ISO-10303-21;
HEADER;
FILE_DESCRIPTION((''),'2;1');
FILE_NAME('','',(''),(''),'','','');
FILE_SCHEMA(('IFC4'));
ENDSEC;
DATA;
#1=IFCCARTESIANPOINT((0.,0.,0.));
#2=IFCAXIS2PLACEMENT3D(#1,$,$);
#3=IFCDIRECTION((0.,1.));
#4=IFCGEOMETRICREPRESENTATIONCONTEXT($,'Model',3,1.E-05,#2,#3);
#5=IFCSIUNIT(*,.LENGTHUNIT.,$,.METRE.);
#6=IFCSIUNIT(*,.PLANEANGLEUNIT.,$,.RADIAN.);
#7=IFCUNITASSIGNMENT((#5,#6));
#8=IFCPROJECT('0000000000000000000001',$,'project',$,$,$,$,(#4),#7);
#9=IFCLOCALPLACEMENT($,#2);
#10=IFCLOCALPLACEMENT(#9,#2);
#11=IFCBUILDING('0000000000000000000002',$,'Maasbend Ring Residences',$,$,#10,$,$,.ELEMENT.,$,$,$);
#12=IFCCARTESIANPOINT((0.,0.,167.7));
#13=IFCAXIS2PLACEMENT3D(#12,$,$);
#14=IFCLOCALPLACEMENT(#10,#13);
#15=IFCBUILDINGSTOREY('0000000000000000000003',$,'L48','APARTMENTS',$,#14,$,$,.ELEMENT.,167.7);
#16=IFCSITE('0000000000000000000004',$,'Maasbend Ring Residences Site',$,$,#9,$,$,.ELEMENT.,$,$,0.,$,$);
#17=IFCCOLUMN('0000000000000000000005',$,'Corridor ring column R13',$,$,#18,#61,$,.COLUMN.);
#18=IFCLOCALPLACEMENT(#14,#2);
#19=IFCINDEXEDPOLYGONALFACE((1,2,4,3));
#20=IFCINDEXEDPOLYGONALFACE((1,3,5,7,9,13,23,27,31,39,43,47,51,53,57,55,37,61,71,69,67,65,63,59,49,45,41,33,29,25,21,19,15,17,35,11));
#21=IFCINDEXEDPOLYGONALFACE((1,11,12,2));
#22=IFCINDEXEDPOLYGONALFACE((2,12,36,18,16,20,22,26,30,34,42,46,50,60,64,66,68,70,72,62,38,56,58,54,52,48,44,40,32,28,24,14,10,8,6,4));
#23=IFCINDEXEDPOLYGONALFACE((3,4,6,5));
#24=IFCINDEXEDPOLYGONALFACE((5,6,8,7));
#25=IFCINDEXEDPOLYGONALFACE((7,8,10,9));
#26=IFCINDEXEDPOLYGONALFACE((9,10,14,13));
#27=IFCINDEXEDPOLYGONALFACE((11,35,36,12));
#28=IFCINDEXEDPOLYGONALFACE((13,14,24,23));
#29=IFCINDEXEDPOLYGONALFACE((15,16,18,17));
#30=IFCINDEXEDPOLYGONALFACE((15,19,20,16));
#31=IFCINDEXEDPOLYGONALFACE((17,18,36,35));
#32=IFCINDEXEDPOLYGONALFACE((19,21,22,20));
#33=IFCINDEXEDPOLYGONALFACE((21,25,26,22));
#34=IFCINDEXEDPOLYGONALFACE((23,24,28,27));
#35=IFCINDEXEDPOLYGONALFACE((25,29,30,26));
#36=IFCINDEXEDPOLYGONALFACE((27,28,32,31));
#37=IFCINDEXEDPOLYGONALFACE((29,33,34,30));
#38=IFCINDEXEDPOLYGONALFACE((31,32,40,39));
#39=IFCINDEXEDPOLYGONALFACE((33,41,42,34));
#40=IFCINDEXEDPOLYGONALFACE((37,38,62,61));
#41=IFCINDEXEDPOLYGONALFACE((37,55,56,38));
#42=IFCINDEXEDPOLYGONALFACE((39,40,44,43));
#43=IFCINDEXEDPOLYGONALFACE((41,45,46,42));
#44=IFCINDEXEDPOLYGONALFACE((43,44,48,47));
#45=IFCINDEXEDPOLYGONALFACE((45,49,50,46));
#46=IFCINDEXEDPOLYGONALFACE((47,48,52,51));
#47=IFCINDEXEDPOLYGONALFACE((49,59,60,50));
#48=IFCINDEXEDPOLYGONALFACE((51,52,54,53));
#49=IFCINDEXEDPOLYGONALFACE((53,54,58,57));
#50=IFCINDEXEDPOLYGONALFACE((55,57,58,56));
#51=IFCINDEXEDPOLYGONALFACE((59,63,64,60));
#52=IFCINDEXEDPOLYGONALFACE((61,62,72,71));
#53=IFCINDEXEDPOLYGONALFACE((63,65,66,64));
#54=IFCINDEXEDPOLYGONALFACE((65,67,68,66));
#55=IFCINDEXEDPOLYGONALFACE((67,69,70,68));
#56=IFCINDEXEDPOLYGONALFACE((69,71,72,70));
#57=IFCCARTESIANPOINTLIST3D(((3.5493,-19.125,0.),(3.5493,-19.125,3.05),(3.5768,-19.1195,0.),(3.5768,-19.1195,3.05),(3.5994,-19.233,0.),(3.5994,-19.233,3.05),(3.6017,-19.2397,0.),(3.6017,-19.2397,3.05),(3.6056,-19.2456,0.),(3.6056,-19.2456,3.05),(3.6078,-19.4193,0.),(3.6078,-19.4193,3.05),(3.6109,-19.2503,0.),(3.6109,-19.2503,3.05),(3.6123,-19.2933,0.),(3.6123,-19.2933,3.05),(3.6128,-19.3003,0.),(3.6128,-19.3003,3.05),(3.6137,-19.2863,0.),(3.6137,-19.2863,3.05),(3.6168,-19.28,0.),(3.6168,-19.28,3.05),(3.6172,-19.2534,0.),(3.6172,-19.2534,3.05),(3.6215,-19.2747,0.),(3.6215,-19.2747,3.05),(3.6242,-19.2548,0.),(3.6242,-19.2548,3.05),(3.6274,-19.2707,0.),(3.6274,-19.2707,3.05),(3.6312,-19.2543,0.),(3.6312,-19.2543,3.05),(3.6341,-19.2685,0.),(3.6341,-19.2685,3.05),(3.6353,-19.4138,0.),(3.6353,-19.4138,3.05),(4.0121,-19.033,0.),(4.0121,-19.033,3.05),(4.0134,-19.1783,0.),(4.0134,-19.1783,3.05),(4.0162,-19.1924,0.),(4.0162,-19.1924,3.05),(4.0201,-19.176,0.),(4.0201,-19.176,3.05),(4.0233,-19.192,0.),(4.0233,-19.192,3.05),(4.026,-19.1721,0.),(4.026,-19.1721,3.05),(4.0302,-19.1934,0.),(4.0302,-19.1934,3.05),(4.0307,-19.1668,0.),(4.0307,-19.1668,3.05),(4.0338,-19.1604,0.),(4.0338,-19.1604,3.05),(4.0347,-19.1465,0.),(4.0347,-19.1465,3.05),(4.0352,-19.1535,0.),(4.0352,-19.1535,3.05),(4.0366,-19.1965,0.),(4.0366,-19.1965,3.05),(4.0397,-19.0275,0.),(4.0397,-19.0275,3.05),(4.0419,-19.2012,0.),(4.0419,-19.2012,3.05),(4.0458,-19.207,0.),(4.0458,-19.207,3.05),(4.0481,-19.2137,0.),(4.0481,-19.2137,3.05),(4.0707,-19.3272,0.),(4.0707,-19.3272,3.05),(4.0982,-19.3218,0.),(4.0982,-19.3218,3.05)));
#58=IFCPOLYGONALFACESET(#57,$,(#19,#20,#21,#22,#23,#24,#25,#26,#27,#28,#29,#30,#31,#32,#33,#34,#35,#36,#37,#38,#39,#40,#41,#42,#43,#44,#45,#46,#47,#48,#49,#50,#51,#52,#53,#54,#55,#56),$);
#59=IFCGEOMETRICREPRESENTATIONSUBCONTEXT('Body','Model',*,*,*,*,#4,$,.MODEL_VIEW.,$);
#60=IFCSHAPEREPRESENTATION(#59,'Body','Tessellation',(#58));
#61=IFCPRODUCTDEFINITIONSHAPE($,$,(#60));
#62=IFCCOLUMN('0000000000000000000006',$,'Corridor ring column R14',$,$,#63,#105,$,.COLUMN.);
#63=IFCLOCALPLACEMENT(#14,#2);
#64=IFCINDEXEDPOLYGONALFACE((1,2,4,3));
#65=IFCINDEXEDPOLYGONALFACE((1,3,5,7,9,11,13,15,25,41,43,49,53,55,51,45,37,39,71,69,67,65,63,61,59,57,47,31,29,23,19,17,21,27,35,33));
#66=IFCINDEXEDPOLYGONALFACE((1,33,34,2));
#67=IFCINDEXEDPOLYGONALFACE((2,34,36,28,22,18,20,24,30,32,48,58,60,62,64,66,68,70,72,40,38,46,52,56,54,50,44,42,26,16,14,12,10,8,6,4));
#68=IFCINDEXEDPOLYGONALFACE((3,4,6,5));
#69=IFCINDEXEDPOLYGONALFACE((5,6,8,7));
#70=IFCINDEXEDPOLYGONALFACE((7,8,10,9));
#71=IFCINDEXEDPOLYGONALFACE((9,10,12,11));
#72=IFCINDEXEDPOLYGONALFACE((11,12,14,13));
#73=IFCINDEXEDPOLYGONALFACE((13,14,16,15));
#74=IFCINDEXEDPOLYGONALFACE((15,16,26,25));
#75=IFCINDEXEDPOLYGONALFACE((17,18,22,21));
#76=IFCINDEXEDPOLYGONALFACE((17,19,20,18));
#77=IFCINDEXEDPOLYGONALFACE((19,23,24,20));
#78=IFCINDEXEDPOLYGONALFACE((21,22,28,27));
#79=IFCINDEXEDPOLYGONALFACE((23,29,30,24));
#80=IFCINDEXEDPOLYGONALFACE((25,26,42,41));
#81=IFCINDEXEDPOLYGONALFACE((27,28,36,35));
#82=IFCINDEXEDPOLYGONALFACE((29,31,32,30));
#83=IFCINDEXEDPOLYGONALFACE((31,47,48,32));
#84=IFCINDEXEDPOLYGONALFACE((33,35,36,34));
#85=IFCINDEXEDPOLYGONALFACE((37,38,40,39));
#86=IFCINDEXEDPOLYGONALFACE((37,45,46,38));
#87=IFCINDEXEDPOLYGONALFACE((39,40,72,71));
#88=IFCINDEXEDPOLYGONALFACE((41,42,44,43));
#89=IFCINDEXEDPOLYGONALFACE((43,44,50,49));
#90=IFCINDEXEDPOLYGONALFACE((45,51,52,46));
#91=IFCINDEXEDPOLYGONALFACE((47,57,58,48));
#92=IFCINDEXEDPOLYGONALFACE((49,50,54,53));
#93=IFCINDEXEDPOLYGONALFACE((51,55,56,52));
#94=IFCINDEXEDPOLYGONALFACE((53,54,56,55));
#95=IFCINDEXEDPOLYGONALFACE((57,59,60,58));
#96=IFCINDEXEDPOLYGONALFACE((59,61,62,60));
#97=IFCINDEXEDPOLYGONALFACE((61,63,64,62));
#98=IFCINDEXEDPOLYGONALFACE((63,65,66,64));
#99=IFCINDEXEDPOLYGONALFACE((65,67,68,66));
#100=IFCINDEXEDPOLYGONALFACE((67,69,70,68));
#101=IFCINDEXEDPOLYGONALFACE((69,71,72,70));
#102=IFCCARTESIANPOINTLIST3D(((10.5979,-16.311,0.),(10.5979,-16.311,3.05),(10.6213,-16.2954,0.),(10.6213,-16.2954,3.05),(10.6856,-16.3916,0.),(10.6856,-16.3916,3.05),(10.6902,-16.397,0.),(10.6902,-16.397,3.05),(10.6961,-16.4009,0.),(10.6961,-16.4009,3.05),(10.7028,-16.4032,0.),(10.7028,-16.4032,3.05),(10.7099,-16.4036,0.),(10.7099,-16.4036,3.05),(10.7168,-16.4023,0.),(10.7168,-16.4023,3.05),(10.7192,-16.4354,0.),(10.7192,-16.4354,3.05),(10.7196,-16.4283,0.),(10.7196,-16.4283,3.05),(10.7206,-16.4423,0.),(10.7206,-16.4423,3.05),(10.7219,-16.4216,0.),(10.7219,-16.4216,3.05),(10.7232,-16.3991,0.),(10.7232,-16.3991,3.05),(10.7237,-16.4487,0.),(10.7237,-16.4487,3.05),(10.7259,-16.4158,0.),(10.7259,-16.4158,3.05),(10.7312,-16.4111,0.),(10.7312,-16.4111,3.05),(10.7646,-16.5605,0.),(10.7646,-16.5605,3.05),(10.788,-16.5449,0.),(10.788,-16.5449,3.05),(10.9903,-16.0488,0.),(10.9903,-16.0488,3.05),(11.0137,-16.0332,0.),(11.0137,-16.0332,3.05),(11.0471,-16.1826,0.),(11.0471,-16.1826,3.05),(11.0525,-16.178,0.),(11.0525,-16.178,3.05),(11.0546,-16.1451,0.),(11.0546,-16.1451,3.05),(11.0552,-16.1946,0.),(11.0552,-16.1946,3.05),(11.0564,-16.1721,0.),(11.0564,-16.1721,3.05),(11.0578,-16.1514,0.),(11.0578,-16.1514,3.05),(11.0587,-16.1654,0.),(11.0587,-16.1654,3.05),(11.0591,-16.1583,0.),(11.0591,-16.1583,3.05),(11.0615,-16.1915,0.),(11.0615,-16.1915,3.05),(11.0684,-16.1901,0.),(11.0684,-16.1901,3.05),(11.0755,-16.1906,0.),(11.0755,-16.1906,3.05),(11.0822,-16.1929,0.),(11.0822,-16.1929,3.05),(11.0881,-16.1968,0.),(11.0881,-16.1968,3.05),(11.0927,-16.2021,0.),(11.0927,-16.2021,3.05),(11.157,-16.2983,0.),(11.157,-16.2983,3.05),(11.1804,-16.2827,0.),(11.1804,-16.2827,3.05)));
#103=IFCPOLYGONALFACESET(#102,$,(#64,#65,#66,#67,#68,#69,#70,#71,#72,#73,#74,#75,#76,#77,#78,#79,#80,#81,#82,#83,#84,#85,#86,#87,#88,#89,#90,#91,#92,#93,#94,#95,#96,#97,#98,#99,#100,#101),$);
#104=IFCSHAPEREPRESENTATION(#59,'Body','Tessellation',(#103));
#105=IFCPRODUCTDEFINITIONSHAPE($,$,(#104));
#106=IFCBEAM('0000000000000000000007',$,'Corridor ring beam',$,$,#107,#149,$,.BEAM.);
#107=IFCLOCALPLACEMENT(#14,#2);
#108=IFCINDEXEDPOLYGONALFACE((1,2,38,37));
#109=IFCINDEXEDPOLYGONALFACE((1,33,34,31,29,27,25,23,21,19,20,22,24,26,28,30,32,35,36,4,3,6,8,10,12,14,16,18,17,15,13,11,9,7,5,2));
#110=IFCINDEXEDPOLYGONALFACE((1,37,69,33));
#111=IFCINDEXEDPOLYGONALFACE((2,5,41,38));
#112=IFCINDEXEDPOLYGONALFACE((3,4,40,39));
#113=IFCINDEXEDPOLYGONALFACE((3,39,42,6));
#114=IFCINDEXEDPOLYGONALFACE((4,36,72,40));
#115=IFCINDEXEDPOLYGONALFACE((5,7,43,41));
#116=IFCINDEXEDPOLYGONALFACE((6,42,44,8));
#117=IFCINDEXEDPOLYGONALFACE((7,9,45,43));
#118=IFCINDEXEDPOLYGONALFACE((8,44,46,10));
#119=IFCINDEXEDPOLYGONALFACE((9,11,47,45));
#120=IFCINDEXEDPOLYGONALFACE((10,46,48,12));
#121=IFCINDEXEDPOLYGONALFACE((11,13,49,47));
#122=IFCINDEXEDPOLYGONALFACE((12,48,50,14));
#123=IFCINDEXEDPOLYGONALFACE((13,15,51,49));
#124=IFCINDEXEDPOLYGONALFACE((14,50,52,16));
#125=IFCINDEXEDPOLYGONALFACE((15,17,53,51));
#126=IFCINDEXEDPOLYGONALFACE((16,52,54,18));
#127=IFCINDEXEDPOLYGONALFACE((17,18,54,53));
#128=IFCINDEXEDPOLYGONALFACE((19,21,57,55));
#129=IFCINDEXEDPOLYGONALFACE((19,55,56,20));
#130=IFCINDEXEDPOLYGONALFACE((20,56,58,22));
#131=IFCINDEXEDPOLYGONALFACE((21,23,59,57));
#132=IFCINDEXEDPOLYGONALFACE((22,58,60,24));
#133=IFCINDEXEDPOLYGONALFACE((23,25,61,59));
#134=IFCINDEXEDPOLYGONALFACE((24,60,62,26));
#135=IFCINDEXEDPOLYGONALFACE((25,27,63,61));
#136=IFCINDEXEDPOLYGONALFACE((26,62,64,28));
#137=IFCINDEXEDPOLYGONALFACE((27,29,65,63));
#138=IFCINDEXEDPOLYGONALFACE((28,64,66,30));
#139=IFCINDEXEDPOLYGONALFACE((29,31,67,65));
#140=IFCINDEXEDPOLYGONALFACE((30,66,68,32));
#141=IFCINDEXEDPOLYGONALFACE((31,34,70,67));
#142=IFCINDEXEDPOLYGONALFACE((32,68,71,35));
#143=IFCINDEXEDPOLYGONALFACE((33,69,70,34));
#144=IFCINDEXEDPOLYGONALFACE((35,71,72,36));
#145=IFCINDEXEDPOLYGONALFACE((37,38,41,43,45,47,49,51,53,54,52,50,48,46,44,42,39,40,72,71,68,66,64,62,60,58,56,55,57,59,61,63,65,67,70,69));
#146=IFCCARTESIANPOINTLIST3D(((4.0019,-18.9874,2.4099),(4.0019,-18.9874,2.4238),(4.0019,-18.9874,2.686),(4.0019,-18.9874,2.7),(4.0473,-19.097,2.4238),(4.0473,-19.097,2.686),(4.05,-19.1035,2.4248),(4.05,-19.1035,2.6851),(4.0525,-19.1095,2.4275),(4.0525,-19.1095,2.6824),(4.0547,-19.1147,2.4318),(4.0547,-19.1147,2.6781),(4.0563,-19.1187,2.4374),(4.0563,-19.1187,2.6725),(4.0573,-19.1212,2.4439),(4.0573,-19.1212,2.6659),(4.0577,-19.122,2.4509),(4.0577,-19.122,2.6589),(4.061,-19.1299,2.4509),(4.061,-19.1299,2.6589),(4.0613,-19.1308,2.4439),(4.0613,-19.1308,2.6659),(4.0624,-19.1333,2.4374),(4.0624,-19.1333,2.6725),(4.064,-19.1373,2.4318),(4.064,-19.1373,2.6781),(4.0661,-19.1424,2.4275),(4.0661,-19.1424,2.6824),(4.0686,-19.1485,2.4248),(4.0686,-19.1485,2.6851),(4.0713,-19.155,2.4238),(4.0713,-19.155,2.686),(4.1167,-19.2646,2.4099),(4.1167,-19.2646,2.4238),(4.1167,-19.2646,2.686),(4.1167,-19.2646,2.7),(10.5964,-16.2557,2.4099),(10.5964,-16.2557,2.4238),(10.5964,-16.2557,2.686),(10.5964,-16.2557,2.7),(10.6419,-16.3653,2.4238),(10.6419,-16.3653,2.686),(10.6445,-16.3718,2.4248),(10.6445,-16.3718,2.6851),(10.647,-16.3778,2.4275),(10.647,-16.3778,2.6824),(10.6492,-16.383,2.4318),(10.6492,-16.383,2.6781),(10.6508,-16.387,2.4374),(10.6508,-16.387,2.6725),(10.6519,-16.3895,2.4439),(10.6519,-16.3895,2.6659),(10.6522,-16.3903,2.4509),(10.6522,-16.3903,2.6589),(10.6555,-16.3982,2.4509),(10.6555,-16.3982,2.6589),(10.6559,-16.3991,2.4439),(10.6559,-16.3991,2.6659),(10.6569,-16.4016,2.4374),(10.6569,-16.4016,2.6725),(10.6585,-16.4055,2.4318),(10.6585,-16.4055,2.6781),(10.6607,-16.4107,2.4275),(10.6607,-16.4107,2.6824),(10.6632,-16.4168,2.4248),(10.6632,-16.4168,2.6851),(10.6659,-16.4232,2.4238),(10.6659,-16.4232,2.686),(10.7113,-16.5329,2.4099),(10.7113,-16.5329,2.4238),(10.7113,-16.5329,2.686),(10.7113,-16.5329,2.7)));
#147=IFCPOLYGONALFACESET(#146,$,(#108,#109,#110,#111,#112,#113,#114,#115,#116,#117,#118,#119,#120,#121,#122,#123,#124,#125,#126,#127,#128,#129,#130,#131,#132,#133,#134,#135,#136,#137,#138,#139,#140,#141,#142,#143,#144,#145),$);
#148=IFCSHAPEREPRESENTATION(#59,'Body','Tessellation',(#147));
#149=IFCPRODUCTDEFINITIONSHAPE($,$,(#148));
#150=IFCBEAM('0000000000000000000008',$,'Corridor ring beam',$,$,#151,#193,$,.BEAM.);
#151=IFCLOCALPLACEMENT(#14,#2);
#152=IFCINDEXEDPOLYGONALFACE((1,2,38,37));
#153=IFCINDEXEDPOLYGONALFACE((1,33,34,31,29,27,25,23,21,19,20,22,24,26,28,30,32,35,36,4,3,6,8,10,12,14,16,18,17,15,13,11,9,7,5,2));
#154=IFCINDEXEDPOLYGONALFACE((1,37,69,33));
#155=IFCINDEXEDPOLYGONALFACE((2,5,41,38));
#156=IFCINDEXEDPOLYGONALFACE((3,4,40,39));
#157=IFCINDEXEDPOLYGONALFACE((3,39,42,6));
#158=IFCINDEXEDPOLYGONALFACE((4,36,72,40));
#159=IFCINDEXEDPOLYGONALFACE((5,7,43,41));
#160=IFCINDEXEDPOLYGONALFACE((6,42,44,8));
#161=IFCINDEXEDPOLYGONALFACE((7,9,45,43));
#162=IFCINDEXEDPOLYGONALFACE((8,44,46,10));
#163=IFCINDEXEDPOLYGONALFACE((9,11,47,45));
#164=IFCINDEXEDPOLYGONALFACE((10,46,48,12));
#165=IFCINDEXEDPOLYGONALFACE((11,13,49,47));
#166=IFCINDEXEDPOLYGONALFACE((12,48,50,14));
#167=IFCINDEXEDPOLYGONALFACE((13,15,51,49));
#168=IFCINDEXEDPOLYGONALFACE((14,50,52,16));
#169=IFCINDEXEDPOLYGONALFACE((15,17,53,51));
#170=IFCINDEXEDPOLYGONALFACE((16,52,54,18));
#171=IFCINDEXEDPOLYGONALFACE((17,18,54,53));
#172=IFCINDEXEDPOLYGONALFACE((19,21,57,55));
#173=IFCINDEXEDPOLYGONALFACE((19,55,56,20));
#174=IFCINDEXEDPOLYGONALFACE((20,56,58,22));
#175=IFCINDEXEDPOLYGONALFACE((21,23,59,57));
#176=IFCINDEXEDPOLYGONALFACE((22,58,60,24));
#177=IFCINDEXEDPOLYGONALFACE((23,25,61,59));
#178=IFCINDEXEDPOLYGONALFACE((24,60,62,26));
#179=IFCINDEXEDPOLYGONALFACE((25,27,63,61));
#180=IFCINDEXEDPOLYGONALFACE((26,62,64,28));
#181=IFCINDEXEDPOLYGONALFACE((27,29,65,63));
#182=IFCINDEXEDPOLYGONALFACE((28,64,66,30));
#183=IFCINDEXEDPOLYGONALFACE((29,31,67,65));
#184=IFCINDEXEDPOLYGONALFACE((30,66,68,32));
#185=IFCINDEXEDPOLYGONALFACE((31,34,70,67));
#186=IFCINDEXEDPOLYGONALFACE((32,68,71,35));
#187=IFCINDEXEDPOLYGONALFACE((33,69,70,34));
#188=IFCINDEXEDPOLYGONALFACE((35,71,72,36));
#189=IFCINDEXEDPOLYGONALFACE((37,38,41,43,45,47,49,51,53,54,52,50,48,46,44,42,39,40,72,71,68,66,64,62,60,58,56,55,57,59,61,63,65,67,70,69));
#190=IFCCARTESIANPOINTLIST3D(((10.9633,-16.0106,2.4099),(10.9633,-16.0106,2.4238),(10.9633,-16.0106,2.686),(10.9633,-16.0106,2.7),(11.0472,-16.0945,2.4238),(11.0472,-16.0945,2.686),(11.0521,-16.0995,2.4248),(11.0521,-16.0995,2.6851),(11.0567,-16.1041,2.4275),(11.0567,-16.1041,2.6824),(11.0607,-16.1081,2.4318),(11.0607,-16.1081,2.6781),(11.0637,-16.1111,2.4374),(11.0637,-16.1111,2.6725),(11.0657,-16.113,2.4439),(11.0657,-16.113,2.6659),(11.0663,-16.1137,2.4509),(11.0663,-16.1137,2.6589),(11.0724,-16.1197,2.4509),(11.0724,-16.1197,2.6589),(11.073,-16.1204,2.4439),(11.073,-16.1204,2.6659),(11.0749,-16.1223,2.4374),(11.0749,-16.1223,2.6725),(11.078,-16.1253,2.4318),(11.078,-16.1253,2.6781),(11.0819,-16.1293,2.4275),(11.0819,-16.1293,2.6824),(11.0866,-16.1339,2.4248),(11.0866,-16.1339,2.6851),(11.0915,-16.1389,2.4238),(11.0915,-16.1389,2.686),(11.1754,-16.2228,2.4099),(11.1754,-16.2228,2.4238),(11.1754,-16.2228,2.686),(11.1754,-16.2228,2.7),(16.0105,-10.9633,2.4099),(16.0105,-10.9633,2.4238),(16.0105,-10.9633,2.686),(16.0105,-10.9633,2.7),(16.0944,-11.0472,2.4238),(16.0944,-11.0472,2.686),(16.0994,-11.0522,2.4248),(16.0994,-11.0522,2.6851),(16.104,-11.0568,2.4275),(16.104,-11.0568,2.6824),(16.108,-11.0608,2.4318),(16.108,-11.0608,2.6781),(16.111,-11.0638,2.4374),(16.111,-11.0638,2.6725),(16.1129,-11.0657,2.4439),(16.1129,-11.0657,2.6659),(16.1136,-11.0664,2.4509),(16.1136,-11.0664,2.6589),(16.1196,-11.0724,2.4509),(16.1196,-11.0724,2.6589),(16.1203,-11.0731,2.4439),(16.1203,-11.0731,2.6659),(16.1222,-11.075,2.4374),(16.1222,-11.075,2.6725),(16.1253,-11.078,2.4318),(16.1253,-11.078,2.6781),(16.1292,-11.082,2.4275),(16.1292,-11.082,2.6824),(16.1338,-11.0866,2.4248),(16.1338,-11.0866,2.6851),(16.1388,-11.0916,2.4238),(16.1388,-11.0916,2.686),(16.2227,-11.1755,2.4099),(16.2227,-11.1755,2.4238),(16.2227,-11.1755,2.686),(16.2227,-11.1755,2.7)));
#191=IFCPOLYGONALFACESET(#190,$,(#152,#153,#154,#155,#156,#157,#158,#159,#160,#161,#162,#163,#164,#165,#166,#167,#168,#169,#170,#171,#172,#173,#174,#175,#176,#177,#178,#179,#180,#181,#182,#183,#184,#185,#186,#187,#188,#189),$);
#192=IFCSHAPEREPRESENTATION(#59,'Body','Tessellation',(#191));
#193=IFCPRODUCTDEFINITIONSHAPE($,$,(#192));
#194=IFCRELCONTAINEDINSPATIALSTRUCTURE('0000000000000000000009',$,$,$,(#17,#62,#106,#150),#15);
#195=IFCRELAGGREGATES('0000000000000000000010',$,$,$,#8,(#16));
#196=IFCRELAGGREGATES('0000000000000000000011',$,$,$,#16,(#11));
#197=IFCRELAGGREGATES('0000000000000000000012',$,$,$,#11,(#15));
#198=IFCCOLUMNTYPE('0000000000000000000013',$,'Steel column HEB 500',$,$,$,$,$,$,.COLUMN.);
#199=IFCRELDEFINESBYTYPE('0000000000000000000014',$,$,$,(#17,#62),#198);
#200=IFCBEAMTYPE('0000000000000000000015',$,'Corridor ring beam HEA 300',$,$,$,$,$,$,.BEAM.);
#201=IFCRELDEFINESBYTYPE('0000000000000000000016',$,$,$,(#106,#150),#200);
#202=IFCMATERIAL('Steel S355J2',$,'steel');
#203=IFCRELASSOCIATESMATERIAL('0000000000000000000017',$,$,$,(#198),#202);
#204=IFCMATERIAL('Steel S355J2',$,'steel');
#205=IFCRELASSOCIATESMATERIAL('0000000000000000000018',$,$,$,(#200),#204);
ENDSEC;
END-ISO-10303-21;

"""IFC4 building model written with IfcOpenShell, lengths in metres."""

from ifc_helpers import new_model, si_unit, direction, frame, origin, origin_2d, place, context, subcontext, project, spatial, i_section, extrude, material, material_profile, profile_set, type_object, element, save


model = new_model("IFC4")

# Units and contexts
model_context = context("Model", 3, precision=1e-05, world=origin(), true_north=direction((0.0, 1.0)))
body_context = subcontext(model_context, "Body", "Model", "MODEL_VIEW")
ifc_project = project(units=[si_unit("LENGTHUNIT", "METRE"), si_unit("PLANEANGLEUNIT", "RADIAN")], contexts=[model_context])

# Site, building, storey
site_placement = place(None, origin())
site = spatial("IfcSite", under=ifc_project, at=site_placement, Name="Maasbend Ring Residences Site", CompositionType="ELEMENT", RefElevation=0.0)
building_placement = place(site_placement, origin())
building = spatial("IfcBuilding", under=site, at=building_placement, Name="Maasbend Ring Residences", CompositionType="ELEMENT")
storey_placement = place(building_placement, frame((0.0, 0.0, 167.7)))
storey = spatial("IfcBuildingStorey", under=building, at=storey_placement, Name="L48", Description="APARTMENTS", CompositionType="ELEMENT", Elevation=167.7)

# Columns
ifc_material_1 = material(Name="Steel S355J2", Category="steel")
ifc_material_profile_1 = material_profile(ifc_material_1, i_section(OverallWidth=0.3, OverallDepth=0.5, WebThickness=0.0144, FlangeThickness=0.0281, FilletRadius=0.0271, at=origin_2d()), Name="HEB 500")
ifc_profile_set_1 = profile_set([ifc_material_profile_1], Name="Steel S355J2")
column_type = type_object("IfcColumnType", Name="Steel column HEB 500", PredefinedType="COLUMN", material=ifc_profile_set_1)
for number, where, z_axis, x_axis, name in (
    (1, (3.8237, -19.2234, 0.0), (0.0, 0.0, 1.0), (0.19509, -0.980785, 0.0), "Corridor ring column R13"),
    (2, (10.8892, -16.2969, 0.0), (0.0, 0.0, 1.0), (0.55557, -0.83147, 0.0), "Corridor ring column R14"),
):
    element("IfcColumn", number, at=place(storey_placement, frame(where, z_axis=z_axis, x_axis=x_axis)), inside=storey, type_object=column_type, Name=name, PredefinedType="COLUMN", context=body_context, shape_type="SweptSolid", body=[
        extrude(i_section(OverallWidth=0.3, OverallDepth=0.5, WebThickness=0.0144, FlangeThickness=0.0281, FilletRadius=0.0271, at=origin_2d()), origin(), (0.0, 0.0, 1.0), 3.05),
    ])

# Beams
ifc_material_2 = material(Name="Steel S355J2", Category="steel")
ifc_material_profile_2 = material_profile(ifc_material_2, i_section(OverallWidth=0.3, OverallDepth=0.29, WebThickness=0.0085, FlangeThickness=0.0139, FilletRadius=0.0271, at=origin_2d()), Name="HEA 300")
ifc_profile_set_2 = profile_set([ifc_material_profile_2], Name="Steel S355J2")
beam_type = type_object("IfcBeamType", Name="Corridor ring beam HEA 300", PredefinedType="BEAM", material=ifc_profile_set_2)
for number, where, z_axis, x_axis, name in (
    (3, (4.0593, -19.126, 2.5549), (0.923871, 0.382703, 0.0), (-0.382703, 0.923871, 0.0), "Corridor ring beam"),
    (4, (11.0693, -16.1167, 2.5549), (0.707107, 0.707107, 0.0), (-0.707107, 0.707107, 0.0), "Corridor ring beam"),
):
    element("IfcBeam", number, at=place(storey_placement, frame(where, z_axis=z_axis, x_axis=x_axis)), inside=storey, type_object=beam_type, Name=name, PredefinedType="BEAM", context=body_context, shape_type="SweptSolid", body=[
        extrude(i_section(OverallWidth=0.3, OverallDepth=0.29, WebThickness=0.0085, FlangeThickness=0.0139, FilletRadius=0.0271, at=origin_2d()), origin(), (0.0, 0.0, 1.0), 7.1379),
    ])

save(model, "model.ifc")
